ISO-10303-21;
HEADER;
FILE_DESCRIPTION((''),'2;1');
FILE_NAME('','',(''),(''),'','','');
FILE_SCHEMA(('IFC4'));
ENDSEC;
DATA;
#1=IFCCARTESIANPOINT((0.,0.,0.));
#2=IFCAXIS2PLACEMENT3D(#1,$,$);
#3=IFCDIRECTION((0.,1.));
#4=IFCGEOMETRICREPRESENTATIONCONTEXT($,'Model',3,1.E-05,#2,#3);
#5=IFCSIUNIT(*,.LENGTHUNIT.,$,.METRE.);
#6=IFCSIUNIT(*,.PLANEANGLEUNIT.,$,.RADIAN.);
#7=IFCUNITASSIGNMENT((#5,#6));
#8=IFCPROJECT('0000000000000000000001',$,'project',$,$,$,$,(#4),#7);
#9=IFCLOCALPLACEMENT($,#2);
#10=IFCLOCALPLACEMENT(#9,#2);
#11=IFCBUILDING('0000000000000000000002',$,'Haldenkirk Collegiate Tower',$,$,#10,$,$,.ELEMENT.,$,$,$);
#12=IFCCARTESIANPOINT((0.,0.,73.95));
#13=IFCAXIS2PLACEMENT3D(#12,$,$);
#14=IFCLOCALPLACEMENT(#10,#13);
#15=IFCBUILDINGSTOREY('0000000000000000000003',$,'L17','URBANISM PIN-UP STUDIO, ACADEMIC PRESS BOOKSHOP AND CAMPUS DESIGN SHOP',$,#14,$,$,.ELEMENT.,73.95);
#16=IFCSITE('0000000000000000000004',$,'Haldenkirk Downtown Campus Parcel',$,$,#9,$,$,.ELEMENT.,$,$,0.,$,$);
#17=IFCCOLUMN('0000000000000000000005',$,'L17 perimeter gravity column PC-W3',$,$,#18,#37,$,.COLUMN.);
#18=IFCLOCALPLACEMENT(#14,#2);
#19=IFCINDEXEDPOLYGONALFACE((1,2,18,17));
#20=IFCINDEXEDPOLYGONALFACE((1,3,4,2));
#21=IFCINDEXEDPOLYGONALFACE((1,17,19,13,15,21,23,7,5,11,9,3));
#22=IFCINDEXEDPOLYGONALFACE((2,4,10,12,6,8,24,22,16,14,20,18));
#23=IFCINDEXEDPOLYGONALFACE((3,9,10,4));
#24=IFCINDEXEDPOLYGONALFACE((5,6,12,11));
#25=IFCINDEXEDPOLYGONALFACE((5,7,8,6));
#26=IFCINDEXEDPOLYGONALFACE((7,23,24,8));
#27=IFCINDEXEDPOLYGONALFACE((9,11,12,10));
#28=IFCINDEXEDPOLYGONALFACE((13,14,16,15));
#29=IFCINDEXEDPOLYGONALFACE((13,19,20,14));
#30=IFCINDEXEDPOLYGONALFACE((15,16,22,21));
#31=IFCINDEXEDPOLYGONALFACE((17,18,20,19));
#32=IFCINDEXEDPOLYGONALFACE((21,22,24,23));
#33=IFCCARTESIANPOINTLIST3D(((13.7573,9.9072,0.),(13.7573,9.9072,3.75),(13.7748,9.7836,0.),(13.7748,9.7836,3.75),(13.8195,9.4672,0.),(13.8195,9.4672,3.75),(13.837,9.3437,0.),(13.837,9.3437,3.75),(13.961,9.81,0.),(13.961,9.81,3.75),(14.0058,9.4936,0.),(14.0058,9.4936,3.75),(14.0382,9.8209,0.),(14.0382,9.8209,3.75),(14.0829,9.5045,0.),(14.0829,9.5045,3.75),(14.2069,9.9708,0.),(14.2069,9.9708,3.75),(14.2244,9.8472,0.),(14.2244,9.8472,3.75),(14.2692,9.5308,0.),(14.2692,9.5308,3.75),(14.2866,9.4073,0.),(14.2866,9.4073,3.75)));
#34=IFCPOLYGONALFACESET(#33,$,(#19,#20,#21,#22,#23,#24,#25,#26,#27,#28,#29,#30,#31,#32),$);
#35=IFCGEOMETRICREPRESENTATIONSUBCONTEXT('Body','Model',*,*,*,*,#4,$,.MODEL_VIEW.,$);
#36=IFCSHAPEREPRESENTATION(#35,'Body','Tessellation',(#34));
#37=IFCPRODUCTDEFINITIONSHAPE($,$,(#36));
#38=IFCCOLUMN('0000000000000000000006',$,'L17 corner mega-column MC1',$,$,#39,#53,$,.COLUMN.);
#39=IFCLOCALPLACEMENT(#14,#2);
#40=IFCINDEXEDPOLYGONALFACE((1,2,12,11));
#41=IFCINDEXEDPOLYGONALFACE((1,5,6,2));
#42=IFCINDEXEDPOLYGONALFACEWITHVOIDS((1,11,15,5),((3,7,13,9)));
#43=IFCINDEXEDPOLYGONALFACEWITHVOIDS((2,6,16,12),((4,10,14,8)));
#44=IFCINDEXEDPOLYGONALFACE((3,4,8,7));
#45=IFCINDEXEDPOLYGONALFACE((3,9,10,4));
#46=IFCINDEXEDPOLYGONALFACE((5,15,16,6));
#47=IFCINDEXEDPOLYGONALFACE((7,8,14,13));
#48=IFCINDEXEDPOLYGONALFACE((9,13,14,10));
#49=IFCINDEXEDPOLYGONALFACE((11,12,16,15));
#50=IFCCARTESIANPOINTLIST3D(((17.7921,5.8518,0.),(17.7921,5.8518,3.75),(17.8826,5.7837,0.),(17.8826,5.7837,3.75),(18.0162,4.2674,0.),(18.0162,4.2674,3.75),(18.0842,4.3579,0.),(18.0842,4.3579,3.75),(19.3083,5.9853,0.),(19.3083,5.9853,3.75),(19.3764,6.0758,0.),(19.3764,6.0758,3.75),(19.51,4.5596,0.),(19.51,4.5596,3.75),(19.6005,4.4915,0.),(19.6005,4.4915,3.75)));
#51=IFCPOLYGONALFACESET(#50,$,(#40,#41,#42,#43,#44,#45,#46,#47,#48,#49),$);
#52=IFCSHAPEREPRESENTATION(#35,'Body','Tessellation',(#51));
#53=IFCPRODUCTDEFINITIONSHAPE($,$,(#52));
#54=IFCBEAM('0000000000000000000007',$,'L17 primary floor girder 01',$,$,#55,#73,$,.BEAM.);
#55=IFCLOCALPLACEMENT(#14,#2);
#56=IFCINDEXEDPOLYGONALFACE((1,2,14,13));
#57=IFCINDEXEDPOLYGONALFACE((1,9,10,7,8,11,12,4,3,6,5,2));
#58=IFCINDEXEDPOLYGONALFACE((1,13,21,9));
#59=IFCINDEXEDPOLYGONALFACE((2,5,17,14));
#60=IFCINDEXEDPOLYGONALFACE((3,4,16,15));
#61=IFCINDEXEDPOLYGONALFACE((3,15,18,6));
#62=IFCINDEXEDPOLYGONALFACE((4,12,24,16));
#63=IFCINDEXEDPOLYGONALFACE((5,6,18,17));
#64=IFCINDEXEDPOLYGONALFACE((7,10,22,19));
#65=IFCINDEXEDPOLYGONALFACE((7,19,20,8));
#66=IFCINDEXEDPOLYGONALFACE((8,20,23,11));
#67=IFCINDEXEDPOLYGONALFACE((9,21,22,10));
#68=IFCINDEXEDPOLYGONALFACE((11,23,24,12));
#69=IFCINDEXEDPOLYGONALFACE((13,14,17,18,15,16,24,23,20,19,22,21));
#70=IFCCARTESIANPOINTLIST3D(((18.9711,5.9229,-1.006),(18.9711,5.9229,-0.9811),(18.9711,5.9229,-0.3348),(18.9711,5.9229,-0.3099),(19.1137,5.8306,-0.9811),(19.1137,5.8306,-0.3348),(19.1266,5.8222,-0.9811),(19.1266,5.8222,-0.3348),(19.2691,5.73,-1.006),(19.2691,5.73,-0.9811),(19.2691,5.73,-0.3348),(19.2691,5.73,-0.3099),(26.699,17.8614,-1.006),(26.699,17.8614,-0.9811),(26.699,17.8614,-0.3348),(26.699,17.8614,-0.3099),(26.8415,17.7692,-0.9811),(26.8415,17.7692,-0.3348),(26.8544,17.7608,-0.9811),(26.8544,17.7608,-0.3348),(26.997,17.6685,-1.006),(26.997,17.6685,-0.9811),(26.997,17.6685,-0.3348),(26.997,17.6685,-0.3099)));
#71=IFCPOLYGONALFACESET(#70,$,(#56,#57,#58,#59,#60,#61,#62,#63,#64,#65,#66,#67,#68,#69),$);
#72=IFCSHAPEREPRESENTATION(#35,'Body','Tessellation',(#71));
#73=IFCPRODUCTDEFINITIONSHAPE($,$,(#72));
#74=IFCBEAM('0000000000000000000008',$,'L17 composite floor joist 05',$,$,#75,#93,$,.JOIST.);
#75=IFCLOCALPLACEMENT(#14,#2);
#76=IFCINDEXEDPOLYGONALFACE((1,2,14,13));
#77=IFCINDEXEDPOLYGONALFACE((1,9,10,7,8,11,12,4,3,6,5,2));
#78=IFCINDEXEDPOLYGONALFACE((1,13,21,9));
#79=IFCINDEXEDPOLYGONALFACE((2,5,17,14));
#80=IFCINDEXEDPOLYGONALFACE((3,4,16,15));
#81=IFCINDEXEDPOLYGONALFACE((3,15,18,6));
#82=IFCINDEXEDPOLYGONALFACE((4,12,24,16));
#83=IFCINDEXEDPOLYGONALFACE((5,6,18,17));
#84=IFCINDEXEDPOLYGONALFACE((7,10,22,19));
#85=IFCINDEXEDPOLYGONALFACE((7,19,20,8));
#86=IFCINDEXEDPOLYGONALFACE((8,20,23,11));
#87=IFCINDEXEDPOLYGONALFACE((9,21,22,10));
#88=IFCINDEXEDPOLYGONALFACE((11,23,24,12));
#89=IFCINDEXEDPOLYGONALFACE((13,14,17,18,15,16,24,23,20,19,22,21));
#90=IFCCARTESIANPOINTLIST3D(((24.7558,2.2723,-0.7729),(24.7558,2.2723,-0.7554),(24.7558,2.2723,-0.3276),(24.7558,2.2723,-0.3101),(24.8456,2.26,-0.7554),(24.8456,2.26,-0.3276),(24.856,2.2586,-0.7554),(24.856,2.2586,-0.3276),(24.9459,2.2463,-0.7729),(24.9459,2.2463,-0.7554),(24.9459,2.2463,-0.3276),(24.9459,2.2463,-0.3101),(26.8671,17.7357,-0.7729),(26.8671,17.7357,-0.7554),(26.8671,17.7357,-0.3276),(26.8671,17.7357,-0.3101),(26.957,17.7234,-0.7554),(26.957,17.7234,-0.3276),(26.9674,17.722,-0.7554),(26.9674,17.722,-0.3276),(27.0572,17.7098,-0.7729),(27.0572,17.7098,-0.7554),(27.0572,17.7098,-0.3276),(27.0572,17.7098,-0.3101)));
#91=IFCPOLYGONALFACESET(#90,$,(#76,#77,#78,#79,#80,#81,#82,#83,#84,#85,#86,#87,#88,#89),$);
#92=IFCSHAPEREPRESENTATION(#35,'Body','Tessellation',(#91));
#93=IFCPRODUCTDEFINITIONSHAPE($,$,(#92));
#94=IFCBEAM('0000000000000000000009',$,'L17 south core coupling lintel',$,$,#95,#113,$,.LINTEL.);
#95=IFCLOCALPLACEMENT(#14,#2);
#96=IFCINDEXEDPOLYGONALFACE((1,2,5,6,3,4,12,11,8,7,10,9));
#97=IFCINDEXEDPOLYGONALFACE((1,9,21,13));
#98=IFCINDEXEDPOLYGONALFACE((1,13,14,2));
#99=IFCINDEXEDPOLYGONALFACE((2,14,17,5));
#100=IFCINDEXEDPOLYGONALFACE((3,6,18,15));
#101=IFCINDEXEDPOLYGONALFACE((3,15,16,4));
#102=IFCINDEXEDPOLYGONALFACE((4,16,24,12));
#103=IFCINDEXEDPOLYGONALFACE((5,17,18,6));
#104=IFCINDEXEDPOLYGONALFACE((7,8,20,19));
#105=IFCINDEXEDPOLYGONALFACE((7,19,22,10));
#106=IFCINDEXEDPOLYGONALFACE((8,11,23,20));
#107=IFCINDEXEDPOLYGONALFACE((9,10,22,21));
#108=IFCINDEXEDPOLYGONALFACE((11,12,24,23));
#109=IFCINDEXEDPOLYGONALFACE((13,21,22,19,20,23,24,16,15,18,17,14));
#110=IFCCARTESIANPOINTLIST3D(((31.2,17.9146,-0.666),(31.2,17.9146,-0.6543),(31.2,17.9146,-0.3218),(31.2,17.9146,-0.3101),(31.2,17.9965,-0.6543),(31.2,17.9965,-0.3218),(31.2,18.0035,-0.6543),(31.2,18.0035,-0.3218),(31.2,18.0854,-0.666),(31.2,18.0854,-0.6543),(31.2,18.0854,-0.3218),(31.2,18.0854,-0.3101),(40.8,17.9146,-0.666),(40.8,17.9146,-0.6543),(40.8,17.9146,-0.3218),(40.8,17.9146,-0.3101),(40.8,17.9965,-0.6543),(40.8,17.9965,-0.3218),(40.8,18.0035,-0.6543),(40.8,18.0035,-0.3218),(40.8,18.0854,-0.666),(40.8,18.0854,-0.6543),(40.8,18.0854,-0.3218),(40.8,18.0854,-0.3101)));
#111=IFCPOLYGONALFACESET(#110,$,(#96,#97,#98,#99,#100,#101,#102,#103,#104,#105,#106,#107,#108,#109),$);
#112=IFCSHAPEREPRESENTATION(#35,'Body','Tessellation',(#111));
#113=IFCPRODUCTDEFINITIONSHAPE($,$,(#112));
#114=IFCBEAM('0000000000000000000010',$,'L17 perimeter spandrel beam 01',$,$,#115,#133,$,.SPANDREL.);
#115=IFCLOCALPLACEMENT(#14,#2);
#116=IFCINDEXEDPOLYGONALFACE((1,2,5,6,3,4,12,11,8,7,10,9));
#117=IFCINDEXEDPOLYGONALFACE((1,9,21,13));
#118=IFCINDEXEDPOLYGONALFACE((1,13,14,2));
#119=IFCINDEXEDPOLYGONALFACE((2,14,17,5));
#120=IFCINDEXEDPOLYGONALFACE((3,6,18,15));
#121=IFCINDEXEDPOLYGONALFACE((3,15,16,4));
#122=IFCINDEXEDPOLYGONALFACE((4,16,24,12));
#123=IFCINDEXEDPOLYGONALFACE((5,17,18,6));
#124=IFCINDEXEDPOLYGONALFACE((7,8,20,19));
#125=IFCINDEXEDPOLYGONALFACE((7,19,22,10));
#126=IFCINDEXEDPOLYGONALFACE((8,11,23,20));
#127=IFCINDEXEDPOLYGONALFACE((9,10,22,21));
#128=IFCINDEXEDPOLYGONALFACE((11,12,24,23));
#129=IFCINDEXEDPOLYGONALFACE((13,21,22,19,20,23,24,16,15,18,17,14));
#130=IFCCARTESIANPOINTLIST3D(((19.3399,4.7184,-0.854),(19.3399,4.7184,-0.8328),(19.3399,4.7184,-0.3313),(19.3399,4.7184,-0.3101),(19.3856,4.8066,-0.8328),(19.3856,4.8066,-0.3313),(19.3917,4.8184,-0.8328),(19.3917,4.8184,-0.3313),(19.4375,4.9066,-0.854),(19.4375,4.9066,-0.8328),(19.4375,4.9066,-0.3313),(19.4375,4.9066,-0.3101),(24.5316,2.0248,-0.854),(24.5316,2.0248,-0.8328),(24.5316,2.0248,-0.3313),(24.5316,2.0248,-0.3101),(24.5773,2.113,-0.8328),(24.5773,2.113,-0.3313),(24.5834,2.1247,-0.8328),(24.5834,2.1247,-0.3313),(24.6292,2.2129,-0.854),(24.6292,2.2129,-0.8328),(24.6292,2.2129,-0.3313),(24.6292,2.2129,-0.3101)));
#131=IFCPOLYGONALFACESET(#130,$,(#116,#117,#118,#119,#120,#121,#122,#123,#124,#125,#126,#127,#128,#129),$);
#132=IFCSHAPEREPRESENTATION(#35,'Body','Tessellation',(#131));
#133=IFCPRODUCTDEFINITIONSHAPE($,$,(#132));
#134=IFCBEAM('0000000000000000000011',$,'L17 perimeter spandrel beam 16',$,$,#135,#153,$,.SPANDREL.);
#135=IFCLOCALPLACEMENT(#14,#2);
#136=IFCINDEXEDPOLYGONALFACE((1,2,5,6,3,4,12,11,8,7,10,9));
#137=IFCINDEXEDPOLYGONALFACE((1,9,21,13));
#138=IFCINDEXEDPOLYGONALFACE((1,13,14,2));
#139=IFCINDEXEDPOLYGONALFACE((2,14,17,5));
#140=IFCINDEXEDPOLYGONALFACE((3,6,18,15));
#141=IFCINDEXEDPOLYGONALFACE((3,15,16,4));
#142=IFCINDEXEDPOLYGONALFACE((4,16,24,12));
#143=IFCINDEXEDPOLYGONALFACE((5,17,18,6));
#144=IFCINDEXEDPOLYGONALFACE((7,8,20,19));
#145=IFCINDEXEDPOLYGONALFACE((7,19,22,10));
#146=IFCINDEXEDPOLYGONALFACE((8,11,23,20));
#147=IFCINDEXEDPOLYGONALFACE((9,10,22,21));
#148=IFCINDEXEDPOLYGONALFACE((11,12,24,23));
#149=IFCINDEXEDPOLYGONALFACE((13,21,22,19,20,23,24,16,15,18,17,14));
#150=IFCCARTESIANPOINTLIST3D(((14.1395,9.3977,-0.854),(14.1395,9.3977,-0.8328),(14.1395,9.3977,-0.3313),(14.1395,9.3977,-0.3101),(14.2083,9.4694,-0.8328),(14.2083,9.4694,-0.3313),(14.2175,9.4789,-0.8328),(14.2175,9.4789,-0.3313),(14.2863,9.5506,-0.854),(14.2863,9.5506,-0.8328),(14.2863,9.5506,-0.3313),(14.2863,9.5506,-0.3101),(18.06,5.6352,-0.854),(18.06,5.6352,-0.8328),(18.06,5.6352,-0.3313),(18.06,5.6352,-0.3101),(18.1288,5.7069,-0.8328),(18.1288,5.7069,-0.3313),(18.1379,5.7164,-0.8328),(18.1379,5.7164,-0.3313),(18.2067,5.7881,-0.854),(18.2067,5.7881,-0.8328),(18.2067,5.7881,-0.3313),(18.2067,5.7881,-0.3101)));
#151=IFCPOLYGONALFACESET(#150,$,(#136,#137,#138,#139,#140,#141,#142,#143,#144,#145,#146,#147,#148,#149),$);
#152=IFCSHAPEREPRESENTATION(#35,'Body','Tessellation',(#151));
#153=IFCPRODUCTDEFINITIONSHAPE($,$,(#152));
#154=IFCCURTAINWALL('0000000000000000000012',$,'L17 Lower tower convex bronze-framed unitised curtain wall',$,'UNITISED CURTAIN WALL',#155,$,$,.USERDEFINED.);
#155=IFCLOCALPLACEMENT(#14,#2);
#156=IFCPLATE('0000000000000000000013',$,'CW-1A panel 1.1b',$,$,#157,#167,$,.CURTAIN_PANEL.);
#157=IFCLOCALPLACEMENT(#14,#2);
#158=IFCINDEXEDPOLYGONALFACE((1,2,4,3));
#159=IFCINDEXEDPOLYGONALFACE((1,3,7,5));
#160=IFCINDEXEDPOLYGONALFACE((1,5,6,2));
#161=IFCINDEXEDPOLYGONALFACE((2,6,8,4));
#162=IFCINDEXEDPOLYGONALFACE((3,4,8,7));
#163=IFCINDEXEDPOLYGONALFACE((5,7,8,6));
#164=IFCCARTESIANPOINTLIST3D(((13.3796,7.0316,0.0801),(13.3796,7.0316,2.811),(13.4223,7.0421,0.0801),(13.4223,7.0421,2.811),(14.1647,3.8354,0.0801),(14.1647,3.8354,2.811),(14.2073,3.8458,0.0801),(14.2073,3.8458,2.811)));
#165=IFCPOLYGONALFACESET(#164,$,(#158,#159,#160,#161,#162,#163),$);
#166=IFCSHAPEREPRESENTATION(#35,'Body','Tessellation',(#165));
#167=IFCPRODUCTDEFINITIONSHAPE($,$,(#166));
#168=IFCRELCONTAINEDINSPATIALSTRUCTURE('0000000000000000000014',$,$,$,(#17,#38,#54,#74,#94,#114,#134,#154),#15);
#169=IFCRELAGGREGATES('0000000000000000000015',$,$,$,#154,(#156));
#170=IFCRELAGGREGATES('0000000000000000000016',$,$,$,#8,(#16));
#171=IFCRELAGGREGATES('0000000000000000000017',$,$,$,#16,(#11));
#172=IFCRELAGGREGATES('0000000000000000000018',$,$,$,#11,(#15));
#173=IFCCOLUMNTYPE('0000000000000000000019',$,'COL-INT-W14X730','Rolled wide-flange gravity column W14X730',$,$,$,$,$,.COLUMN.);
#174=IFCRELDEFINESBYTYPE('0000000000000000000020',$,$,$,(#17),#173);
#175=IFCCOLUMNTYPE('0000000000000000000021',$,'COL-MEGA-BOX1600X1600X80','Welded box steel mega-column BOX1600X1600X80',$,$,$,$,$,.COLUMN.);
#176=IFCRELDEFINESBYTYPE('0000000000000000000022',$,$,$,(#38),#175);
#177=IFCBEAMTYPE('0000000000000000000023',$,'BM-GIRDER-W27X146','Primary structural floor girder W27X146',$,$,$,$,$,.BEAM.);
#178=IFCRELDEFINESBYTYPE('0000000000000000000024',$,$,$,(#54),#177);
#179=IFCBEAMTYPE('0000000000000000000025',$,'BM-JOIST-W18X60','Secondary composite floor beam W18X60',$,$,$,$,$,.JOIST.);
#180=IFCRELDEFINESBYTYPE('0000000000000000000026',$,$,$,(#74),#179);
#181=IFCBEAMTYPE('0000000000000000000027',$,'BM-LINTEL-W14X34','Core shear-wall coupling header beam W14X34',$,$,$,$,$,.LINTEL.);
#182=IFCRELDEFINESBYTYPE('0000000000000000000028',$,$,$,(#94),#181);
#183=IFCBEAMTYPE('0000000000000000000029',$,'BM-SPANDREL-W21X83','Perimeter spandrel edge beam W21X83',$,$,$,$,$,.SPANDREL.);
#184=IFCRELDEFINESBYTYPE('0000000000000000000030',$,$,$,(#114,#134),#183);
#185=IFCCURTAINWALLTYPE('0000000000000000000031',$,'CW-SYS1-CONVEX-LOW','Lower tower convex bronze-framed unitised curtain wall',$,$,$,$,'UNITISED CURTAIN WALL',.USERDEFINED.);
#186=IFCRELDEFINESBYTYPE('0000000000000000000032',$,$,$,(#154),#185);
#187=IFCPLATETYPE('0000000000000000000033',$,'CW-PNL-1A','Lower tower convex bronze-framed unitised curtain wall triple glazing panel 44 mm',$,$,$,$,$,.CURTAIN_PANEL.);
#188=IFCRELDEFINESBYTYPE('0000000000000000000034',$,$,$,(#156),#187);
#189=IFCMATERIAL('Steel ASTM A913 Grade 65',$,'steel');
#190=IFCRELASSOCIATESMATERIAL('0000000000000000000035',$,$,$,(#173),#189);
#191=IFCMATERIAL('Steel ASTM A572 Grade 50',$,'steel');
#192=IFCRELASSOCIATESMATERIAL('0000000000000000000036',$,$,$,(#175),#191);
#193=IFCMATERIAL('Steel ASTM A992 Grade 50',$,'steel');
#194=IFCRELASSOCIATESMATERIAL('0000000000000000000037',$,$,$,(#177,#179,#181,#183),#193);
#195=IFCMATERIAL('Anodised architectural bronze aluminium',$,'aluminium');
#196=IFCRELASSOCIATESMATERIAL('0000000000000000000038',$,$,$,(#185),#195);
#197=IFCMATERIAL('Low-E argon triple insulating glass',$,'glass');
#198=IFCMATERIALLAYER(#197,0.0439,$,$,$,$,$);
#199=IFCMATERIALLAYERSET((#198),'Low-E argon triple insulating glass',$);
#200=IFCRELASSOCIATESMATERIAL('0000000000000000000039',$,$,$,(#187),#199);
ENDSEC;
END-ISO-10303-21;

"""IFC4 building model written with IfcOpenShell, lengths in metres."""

from ifc_helpers import new_model, si_unit, direction, frame, origin, origin_2d, place, context, subcontext, project, spatial, rectangle, hollow_rectangle, i_section, extrude, source, transform, mapped, material, layer, layer_set, material_profile, profile_set, type_object, element, aggregate, save


model = new_model("IFC4")

# Units and contexts
model_context = context("Model", 3, precision=1e-05, world=origin(), true_north=direction((0.0, 1.0)))
body_context = subcontext(model_context, "Body", "Model", "MODEL_VIEW")
ifc_project = project(units=[si_unit("LENGTHUNIT", "METRE"), si_unit("PLANEANGLEUNIT", "RADIAN")], contexts=[model_context])

# Site, building, storey
site_placement = place(None, origin())
site = spatial("IfcSite", under=ifc_project, at=site_placement, Name="Haldenkirk Downtown Campus Parcel", CompositionType="ELEMENT", RefElevation=0.0)
building_placement = place(site_placement, origin())
building = spatial("IfcBuilding", under=site, at=building_placement, Name="Haldenkirk Collegiate Tower", CompositionType="ELEMENT")
storey_placement = place(building_placement, frame((0.0, 0.0, 73.95)))
storey = spatial("IfcBuildingStorey", under=building, at=storey_placement, Name="L17", Description="URBANISM PIN-UP STUDIO, ACADEMIC PRESS BOOKSHOP AND CAMPUS DESIGN SHOP", CompositionType="ELEMENT", Elevation=73.95)

# Columns
ifc_material_1 = material(Name="Steel ASTM A913 Grade 65", Category="steel")
ifc_material_profile_1 = material_profile(ifc_material_1, i_section(OverallWidth=0.4541, OverallDepth=0.5691, WebThickness=0.0779, FlangeThickness=0.1248, at=origin_2d()), Name="W14X730")
ifc_profile_set_1 = profile_set([ifc_material_profile_1], Name="Steel ASTM A913 Grade 65")
column_type_1 = type_object("IfcColumnType", Name="COL-INT-W14X730", Description="Rolled wide-flange gravity column W14X730", PredefinedType="COLUMN", material=ifc_profile_set_1)
column_1_placement = place(storey_placement, frame((14.022, 9.6572, 0.0), z_axis=(0.0, 0.0, 1.0), x_axis=(0.990146, 0.140037, 0.0)))
element("IfcColumn", 1, at=column_1_placement, inside=storey, type_object=column_type_1, Name="L17 perimeter gravity column PC-W3", PredefinedType="COLUMN", context=body_context, shape_type="SweptSolid", body=[
    extrude(i_section(OverallWidth=0.4541, OverallDepth=0.5691, WebThickness=0.0779, FlangeThickness=0.1248, at=origin_2d()), origin(), (0.0, 0.0, 1.0), 3.75),
])
ifc_material_2 = material(Name="Steel ASTM A572 Grade 50", Category="steel")
ifc_material_profile_2 = material_profile(ifc_material_2, hollow_rectangle(XDim=1.6001, YDim=1.6001, WallThickness=0.0801, at=origin_2d()), Name="BOX1600X1600X80")
ifc_profile_set_2 = profile_set([ifc_material_profile_2], Name="Steel ASTM A572 Grade 50")
column_type_2 = type_object("IfcColumnType", Name="COL-MEGA-BOX1600X1600X80", Description="Welded box steel mega-column BOX1600X1600X80", PredefinedType="COLUMN", material=ifc_profile_set_2)
column_2_placement = place(storey_placement, frame((18.6963, 5.1716, 0.0), z_axis=(0.0, 0.0, 1.0), x_axis=(0.990146, 0.140037, 0.0)))
element("IfcColumn", 2, at=column_2_placement, inside=storey, type_object=column_type_2, Name="L17 corner mega-column MC1", PredefinedType="COLUMN", context=body_context, shape_type="SweptSolid", body=[
    extrude(hollow_rectangle(XDim=1.6001, YDim=1.6001, WallThickness=0.0801, at=origin_2d()), origin(), (0.0, 0.0, 1.0), 3.75),
])

# Beams
ifc_material_3 = material(Name="Steel ASTM A992 Grade 50", Category="steel")
ifc_material_profile_3 = material_profile(ifc_material_3, i_section(OverallWidth=0.355, OverallDepth=0.696, WebThickness=0.0154, FlangeThickness=0.0249, at=origin_2d()), Name="W27X146")
ifc_profile_set_3 = profile_set([ifc_material_profile_3], Name="Steel ASTM A992 Grade 50")
beam_type_1 = type_object("IfcBeamType", Name="BM-GIRDER-W27X146", Description="Primary structural floor girder W27X146", PredefinedType="BEAM", material=ifc_profile_set_3)
beam_1_placement = place(storey_placement, frame((19.1201, 5.8264, -0.658), z_axis=(0.543394, 0.839478, 0.0), x_axis=(-0.839478, 0.543394, 0.0)))
element("IfcBeam", 3, at=beam_1_placement, inside=storey, type_object=beam_type_1, Name="L17 primary floor girder 01", PredefinedType="BEAM", context=body_context, shape_type="SweptSolid", body=[
    extrude(i_section(OverallWidth=0.355, OverallDepth=0.696, WebThickness=0.0154, FlangeThickness=0.0249, at=origin_2d()), origin(), (0.0, 0.0, 1.0), 14.2214),
])
ifc_material_profile_4 = material_profile(ifc_material_3, i_section(OverallWidth=0.1919, OverallDepth=0.4629, WebThickness=0.0105, FlangeThickness=0.0176, at=origin_2d()), Name="W18X60")
ifc_profile_set_4 = profile_set([ifc_material_profile_4], Name="Steel ASTM A992 Grade 50")
beam_type_2 = type_object("IfcBeamType", Name="BM-JOIST-W18X60", Description="Secondary composite floor beam W18X60", PredefinedType="JOIST", material=ifc_profile_set_4)
beam_2_placement = place(storey_placement, frame((24.8508, 2.2593, -0.5415), z_axis=(0.135282, 0.990807, 0.0), x_axis=(-0.990807, 0.135282, 0.0)))
element("IfcBeam", 4, at=beam_2_placement, inside=storey, type_object=beam_type_2, Name="L17 composite floor joist 05", PredefinedType="JOIST", context=body_context, shape_type="SweptSolid", body=[
    extrude(i_section(OverallWidth=0.1919, OverallDepth=0.4629, WebThickness=0.0105, FlangeThickness=0.0176, at=origin_2d()), origin(), (0.0, 0.0, 1.0), 15.6069),
])
ifc_material_profile_5 = material_profile(ifc_material_3, i_section(OverallWidth=0.1709, OverallDepth=0.356, WebThickness=0.0071, FlangeThickness=0.0117, at=origin_2d()), Name="W14X34")
ifc_profile_set_5 = profile_set([ifc_material_profile_5], Name="Steel ASTM A992 Grade 50")
beam_type_3 = type_object("IfcBeamType", Name="BM-LINTEL-W14X34", Description="Core shear-wall coupling header beam W14X34", PredefinedType="LINTEL", material=ifc_profile_set_5)
beam_3_placement = place(storey_placement, frame((31.2, 18.0, -0.488), z_axis=(1.0, 0.0, 0.0), x_axis=(0.0, 1.0, 0.0)))
element("IfcBeam", 5, at=beam_3_placement, inside=storey, type_object=beam_type_3, Name="L17 south core coupling lintel", PredefinedType="LINTEL", context=body_context, shape_type="SweptSolid", body=[
    extrude(i_section(OverallWidth=0.1709, OverallDepth=0.356, WebThickness=0.0071, FlangeThickness=0.0117, at=origin_2d()), origin(), (0.0, 0.0, 1.0), 9.6001),
])
ifc_material_profile_6 = material_profile(ifc_material_3, i_section(OverallWidth=0.2119, OverallDepth=0.5439, WebThickness=0.0132, FlangeThickness=0.0212, at=origin_2d()), Name="W21X83")
ifc_profile_set_6 = profile_set([ifc_material_profile_6], Name="Steel ASTM A992 Grade 50")
beam_type_4 = type_object("IfcBeamType", Name="BM-SPANDREL-W21X83", Description="Perimeter spandrel edge beam W21X83", PredefinedType="SPANDREL", material=ifc_profile_set_6)
beam_4_placement = place(storey_placement, frame((19.3887, 4.8125, -0.582), z_axis=(0.88764, -0.460538, 0.0), x_axis=(0.460538, 0.88764, 0.0)))
element("IfcBeam", 6, at=beam_4_placement, inside=storey, type_object=beam_type_4, Name="L17 perimeter spandrel beam 01", PredefinedType="SPANDREL", context=body_context, shape_type="SweptSolid", body=[
    extrude(i_section(OverallWidth=0.2119, OverallDepth=0.5439, WebThickness=0.0132, FlangeThickness=0.0212, at=origin_2d()), origin(), (0.0, 0.0, 1.0), 5.8489),
])
beam_5_placement = place(storey_placement, frame((14.2129, 9.4741, -0.582), z_axis=(0.721492, -0.692422, 0.0), x_axis=(0.692422, 0.721492, 0.0)))
element("IfcBeam", 7, at=beam_5_placement, inside=storey, type_object=beam_type_4, Name="L17 perimeter spandrel beam 16", PredefinedType="SPANDREL", context=body_context, shape_type="SweptSolid", body=[
    extrude(i_section(OverallWidth=0.2119, OverallDepth=0.5439, WebThickness=0.0132, FlangeThickness=0.0212, at=origin_2d()), origin(), (0.0, 0.0, 1.0), 5.4338),
])

# Curtain wall, plate
ifc_material_4 = material(Name="Anodised architectural bronze aluminium", Category="aluminium")
curtain_wall_type = type_object("IfcCurtainWallType", Name="CW-SYS1-CONVEX-LOW", Description="Lower tower convex bronze-framed unitised curtain wall", ElementType="UNITISED CURTAIN WALL", PredefinedType="USERDEFINED", material=ifc_material_4)
curtain_wall_placement = place(storey_placement, origin())
curtain_wall = element("IfcCurtainWall", 8, at=curtain_wall_placement, inside=storey, type_object=curtain_wall_type, Name="L17 Lower tower convex bronze-framed unitised curtain wall", ObjectType="UNITISED CURTAIN WALL", PredefinedType="USERDEFINED")
ifc_material_5 = material(Name="Low-E argon triple insulating glass", Category="glass")
ifc_layer_1 = layer(ifc_material_5, 0.0439)
ifc_layer_set_1 = layer_set([ifc_layer_1], Name="Low-E argon triple insulating glass")
plate_type = type_object("IfcPlateType", Name="CW-PNL-1A", Description="Lower tower convex bronze-framed unitised curtain wall triple glazing panel 44 mm", PredefinedType="CURTAIN_PANEL", material=ifc_layer_set_1)
shared_shape = source(origin(), body_context, "Body", "SweptSolid", [
    extrude(rectangle(XDim=3.2913, YDim=0.0439, at=origin_2d()), origin(), (0.0, 0.0, 1.0), 2.731),
])
plate_placement = place(storey_placement, frame((13.7935, 5.4387, 0.0801), z_axis=(0.0, 0.0, 1.0), x_axis=(-0.238532, 0.971135, 0.0)))
plate = element("IfcPlate", 9, at=plate_placement, type_object=plate_type, Name="CW-1A panel 1.1b", PredefinedType="CURTAIN_PANEL", context=body_context, shape_type="MappedRepresentation", body=[
    mapped(shared_shape, transform((0.0, 0.0, 0.0), x_axis=(1.0, 0.0, 0.0), y_axis=(0.0, 1.0, 0.0), z_axis=(0.0, 0.0, 1.0), scale=1.0)),
])
aggregate(curtain_wall, [plate])

save(model, "model.ifc")
